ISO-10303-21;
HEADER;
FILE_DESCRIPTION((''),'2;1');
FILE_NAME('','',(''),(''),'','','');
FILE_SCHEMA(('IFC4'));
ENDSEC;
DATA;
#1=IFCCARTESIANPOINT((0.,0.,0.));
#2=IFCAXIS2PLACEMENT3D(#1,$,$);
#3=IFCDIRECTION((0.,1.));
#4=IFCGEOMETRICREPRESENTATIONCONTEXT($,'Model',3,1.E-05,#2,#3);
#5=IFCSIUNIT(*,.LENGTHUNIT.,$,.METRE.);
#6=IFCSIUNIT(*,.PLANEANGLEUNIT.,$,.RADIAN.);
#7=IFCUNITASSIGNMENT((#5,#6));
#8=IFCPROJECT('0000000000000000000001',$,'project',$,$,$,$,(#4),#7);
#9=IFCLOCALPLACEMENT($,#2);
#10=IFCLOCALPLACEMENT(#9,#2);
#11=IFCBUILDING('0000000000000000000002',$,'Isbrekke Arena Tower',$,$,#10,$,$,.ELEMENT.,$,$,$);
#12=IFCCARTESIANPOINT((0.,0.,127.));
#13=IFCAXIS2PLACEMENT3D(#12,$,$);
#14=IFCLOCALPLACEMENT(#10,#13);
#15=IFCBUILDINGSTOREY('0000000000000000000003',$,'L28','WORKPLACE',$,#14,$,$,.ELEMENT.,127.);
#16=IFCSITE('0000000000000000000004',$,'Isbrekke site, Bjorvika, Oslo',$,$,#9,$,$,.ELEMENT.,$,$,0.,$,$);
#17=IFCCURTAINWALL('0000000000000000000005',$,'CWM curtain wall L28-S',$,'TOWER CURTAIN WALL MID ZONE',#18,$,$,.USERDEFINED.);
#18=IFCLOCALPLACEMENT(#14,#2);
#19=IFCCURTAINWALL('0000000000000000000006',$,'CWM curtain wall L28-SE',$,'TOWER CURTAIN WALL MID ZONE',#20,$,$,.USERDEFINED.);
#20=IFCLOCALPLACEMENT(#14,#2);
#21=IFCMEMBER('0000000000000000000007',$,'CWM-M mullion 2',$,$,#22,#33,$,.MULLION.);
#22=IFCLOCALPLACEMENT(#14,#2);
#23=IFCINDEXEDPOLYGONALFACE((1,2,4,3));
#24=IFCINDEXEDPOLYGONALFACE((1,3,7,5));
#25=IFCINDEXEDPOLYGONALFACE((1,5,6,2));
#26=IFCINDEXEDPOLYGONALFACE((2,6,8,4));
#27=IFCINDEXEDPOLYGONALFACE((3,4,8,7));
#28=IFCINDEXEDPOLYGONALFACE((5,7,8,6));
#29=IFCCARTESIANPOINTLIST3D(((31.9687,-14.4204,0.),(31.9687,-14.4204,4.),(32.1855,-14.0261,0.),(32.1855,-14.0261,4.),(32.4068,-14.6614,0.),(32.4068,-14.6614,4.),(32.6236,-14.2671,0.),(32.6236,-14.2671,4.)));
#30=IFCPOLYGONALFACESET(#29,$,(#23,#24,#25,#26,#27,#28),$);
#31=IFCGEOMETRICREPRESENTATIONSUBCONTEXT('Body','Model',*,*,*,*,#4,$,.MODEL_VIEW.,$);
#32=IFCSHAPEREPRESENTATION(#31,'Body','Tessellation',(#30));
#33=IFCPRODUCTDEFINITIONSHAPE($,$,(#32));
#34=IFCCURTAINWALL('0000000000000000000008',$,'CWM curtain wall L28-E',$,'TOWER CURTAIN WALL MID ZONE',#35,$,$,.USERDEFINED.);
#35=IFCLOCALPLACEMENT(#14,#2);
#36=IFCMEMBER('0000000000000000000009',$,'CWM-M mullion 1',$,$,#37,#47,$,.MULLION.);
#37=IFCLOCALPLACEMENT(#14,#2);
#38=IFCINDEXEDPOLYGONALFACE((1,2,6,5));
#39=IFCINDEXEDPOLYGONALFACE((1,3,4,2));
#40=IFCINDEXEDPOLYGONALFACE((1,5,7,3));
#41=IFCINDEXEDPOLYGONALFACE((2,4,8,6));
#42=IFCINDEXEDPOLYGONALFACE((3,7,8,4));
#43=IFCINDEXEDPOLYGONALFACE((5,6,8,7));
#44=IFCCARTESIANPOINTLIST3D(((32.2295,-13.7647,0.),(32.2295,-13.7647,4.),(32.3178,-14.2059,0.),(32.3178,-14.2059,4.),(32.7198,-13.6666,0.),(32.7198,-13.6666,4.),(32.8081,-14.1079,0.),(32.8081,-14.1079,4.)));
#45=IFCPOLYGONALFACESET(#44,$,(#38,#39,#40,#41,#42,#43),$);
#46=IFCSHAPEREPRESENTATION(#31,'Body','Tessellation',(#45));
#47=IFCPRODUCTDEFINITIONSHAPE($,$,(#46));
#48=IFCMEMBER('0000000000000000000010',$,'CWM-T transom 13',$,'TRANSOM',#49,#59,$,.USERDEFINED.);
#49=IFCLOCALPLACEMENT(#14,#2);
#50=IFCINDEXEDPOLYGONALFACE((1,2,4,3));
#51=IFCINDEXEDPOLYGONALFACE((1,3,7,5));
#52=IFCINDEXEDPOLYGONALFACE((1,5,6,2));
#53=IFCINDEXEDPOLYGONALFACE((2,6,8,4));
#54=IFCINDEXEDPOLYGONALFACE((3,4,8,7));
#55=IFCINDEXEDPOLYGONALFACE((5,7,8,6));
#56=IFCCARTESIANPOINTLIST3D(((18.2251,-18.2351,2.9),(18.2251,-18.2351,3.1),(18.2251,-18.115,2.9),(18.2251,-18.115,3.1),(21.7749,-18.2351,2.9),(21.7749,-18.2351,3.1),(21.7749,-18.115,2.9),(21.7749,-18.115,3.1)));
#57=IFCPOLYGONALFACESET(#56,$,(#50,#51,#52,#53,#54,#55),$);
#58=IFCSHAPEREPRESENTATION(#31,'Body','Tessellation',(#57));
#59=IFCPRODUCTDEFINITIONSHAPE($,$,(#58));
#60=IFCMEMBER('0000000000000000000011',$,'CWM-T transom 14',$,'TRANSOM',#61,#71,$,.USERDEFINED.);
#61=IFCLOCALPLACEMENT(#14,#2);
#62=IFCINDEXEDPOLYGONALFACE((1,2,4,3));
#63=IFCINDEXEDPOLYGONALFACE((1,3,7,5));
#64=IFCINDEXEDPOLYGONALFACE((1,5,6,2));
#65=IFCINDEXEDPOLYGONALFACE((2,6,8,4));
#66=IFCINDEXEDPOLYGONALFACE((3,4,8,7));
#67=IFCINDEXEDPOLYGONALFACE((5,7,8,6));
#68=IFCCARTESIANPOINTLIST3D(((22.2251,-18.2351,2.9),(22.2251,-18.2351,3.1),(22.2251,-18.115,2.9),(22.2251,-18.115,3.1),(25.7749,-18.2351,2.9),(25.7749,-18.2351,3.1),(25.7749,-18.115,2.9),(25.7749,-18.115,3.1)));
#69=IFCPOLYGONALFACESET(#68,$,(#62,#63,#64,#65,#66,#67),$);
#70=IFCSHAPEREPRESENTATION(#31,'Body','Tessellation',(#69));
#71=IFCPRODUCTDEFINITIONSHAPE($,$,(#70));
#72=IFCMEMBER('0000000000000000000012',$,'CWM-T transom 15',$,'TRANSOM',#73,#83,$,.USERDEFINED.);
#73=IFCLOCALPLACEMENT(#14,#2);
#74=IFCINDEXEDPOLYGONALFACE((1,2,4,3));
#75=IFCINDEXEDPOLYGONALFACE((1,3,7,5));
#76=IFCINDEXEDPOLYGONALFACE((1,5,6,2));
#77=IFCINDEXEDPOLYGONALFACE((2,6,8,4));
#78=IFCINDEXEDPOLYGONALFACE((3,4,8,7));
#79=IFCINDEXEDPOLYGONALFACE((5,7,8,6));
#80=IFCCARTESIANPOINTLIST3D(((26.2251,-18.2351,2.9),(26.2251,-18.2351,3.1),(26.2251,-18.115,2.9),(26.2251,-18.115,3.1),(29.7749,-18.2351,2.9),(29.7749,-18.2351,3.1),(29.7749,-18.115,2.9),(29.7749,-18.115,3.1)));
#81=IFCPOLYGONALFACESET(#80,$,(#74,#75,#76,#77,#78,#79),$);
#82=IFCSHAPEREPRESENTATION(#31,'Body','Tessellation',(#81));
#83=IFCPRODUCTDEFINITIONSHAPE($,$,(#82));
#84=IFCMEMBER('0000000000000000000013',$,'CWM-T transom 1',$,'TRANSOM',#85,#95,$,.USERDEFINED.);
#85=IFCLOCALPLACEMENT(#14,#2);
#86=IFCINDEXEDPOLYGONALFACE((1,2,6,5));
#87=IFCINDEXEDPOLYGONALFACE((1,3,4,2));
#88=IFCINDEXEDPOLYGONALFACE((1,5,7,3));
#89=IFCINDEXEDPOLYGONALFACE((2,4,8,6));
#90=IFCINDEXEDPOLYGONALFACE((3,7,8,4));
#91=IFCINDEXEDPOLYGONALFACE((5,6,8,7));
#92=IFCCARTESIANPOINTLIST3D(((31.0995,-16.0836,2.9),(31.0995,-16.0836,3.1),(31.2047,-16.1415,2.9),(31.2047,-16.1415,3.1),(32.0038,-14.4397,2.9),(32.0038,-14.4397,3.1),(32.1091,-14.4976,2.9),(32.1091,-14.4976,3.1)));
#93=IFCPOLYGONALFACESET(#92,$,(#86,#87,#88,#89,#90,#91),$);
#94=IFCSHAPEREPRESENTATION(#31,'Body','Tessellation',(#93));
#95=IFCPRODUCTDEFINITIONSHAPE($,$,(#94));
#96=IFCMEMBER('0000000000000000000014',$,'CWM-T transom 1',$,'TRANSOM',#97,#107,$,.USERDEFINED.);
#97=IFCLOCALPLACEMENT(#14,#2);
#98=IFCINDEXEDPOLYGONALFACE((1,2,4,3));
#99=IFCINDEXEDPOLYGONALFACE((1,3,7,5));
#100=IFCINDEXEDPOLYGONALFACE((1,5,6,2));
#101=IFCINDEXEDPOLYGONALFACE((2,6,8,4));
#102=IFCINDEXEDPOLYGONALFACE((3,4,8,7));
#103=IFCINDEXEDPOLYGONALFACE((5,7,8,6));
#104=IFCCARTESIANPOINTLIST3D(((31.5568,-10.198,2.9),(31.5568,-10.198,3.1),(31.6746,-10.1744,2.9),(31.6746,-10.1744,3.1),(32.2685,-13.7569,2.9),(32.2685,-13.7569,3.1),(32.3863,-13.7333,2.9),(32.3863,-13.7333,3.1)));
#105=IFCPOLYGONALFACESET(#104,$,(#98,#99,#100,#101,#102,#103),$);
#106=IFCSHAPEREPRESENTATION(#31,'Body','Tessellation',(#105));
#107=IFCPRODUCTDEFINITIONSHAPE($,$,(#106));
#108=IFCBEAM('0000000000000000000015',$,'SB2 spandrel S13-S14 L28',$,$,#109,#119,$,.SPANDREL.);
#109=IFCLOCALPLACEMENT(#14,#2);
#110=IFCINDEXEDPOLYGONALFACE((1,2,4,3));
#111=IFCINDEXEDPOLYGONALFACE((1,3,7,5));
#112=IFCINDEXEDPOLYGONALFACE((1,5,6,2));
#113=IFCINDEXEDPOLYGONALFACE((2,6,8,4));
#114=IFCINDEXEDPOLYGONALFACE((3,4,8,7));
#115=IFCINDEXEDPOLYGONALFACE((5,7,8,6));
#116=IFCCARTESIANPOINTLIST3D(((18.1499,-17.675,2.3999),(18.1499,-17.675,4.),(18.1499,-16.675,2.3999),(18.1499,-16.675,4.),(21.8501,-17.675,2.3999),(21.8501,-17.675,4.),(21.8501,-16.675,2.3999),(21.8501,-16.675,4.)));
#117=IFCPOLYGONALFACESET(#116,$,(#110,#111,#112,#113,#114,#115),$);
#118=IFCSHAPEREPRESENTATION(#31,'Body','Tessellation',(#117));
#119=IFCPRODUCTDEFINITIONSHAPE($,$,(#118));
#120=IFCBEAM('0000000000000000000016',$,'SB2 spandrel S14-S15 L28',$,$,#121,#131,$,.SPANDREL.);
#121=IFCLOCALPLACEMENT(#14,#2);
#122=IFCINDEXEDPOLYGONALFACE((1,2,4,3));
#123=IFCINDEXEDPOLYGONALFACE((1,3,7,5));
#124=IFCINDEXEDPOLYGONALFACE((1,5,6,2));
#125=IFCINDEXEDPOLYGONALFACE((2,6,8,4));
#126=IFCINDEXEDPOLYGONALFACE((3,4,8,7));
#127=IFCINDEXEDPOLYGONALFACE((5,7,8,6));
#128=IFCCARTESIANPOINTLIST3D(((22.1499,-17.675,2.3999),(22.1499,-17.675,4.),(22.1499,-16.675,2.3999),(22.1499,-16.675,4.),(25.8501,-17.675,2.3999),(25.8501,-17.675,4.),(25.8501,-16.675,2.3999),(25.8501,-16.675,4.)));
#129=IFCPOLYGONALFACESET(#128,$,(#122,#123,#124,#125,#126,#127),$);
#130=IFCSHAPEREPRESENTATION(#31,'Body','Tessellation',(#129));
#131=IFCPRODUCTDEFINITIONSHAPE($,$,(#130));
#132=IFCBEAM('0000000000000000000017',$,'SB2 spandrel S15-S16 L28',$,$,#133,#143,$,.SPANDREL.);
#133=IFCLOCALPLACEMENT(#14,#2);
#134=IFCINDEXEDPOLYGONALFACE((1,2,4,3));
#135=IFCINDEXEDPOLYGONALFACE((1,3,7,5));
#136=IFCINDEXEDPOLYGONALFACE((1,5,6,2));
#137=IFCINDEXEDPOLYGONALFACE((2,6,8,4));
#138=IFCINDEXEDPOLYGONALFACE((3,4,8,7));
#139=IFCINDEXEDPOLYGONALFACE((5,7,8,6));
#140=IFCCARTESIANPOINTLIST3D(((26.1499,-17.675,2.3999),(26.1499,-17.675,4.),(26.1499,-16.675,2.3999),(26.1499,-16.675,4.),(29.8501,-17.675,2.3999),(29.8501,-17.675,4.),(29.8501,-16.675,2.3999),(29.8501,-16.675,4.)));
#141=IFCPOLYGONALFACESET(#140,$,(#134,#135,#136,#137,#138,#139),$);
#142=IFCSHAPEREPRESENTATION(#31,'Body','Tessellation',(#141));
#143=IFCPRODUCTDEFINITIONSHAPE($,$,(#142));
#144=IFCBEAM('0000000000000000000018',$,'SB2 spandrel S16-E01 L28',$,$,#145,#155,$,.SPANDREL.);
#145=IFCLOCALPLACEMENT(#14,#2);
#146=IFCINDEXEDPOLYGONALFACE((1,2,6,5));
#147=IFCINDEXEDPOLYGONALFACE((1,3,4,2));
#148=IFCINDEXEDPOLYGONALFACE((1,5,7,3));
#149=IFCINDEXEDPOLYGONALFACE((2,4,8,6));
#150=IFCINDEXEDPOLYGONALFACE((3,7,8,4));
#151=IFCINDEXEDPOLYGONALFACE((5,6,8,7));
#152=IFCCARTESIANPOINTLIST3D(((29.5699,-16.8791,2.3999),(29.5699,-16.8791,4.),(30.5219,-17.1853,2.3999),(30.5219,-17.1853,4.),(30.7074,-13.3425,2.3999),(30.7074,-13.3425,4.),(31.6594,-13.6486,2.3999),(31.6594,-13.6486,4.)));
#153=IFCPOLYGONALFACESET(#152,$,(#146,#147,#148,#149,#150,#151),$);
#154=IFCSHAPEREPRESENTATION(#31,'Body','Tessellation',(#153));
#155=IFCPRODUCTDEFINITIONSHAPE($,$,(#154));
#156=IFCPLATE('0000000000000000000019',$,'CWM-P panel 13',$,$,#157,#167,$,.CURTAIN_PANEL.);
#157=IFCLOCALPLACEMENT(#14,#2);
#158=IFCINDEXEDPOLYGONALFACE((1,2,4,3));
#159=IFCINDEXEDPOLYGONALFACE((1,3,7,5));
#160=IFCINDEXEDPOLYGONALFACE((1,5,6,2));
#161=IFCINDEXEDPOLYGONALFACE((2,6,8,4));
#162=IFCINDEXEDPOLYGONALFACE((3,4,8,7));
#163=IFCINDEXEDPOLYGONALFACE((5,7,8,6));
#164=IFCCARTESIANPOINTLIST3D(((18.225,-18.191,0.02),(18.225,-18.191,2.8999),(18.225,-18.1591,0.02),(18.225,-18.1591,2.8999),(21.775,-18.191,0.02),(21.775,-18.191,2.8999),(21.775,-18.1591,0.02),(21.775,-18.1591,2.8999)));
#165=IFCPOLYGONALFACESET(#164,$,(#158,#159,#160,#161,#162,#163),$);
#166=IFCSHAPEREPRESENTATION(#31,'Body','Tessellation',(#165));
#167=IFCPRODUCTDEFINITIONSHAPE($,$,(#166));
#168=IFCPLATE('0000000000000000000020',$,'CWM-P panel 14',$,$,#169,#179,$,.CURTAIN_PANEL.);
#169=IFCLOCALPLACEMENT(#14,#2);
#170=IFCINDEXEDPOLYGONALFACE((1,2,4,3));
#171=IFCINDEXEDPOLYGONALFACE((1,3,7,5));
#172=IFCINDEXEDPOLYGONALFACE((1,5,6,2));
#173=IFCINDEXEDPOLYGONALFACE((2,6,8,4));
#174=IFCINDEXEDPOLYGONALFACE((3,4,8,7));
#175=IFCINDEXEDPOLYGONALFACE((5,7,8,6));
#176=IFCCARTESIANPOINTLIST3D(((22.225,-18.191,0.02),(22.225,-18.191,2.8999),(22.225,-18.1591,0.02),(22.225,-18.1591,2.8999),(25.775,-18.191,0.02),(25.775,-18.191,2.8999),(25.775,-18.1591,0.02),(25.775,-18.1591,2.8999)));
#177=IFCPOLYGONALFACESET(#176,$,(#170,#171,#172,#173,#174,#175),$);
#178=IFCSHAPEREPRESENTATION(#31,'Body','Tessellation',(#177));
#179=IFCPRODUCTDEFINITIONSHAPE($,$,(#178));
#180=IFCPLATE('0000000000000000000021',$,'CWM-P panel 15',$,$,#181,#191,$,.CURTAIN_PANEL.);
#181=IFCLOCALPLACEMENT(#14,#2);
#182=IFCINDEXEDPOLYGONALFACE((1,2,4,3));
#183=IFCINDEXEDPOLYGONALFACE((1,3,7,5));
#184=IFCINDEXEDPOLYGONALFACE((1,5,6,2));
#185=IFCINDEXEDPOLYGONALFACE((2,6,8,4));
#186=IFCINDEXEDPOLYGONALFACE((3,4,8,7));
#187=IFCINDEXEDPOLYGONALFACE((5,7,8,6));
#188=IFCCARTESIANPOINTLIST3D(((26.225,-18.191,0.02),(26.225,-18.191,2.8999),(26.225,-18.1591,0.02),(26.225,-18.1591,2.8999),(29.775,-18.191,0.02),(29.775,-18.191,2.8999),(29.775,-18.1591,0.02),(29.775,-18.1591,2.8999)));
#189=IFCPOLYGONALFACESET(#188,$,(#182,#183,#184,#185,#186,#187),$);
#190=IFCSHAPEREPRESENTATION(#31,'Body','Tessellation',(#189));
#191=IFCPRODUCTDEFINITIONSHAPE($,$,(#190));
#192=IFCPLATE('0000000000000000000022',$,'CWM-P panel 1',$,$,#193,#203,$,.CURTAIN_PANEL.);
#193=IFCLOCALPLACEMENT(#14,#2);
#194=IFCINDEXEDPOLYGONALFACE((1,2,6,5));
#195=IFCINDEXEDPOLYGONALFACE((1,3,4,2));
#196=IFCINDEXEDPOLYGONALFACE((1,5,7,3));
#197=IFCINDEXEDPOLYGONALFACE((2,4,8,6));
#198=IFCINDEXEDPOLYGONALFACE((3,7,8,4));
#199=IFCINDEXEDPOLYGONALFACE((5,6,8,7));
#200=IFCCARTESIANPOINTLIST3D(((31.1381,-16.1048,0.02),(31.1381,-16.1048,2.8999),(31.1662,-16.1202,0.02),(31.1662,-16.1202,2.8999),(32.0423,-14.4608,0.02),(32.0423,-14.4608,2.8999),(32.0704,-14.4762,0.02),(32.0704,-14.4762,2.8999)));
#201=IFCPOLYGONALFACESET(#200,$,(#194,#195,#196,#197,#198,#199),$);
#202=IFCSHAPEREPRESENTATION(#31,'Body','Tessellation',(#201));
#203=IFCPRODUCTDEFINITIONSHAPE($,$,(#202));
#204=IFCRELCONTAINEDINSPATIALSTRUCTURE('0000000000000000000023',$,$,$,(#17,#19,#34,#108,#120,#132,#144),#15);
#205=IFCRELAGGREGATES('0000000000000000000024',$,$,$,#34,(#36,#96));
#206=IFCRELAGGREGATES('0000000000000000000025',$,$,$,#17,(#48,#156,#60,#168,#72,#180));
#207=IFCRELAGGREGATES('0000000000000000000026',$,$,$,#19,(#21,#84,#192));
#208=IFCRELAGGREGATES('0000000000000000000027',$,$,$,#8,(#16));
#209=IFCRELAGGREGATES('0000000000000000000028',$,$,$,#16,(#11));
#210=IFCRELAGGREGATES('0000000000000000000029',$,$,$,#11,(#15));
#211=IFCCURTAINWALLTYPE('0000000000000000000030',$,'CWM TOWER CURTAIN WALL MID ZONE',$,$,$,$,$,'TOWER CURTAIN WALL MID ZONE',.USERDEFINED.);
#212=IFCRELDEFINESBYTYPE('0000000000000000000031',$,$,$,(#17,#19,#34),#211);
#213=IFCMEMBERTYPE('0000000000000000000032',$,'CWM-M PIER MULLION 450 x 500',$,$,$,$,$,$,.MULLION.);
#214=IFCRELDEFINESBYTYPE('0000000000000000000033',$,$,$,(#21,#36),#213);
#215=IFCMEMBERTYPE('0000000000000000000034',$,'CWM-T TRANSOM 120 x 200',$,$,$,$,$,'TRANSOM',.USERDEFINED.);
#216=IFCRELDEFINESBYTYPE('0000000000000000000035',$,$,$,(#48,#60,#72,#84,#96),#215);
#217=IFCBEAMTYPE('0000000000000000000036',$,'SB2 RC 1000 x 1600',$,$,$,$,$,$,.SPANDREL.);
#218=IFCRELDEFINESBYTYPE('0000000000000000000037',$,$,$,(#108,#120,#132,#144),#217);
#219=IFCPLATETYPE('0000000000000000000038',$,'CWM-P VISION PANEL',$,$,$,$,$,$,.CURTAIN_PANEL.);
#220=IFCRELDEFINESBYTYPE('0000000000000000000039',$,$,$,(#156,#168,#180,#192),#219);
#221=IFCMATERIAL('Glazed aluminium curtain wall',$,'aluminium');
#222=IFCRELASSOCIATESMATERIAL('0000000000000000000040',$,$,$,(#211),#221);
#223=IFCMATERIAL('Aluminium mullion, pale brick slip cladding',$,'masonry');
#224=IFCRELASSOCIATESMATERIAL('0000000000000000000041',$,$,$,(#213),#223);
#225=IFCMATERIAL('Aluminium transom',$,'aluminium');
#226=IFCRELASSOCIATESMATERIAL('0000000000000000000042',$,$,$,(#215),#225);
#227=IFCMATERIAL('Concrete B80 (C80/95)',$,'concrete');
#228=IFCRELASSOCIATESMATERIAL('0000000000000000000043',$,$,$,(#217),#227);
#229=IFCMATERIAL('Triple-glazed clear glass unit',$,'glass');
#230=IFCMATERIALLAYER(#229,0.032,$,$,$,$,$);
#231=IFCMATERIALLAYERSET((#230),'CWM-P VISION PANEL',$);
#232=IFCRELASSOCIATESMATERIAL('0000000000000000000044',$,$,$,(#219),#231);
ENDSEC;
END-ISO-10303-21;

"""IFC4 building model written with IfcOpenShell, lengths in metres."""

from ifc_helpers import new_model, si_unit, direction, frame, origin, origin_2d, place, context, subcontext, project, spatial, rectangle, extrude, material, layer, layer_set, material_profile, profile_set, type_object, element, aggregate, save


model = new_model("IFC4")

# Units and contexts
model_context = context("Model", 3, precision=1e-05, world=origin(), true_north=direction((0.0, 1.0)))
body_context = subcontext(model_context, "Body", "Model", "MODEL_VIEW")
ifc_project = project(units=[si_unit("LENGTHUNIT", "METRE"), si_unit("PLANEANGLEUNIT", "RADIAN")], contexts=[model_context])

# Site, building, storey
site_placement = place(None, origin())
site = spatial("IfcSite", under=ifc_project, at=site_placement, Name="Isbrekke site, Bjorvika, Oslo", CompositionType="ELEMENT", RefElevation=0.0)
building_placement = place(site_placement, origin())
building = spatial("IfcBuilding", under=site, at=building_placement, Name="Isbrekke Arena Tower", CompositionType="ELEMENT")
storey_placement = place(building_placement, frame((0.0, 0.0, 127.0)))
storey = spatial("IfcBuildingStorey", under=building, at=storey_placement, Name="L28", Description="WORKPLACE", CompositionType="ELEMENT", Elevation=127.0)

# Curtain walls, member
ifc_material_1 = material(Name="Glazed aluminium curtain wall", Category="aluminium")
curtain_wall_type = type_object("IfcCurtainWallType", Name="CWM TOWER CURTAIN WALL MID ZONE", ElementType="TOWER CURTAIN WALL MID ZONE", PredefinedType="USERDEFINED", material=ifc_material_1)
curtain_wall_1_placement = place(storey_placement, origin())
curtain_wall_1 = element("IfcCurtainWall", 1, at=curtain_wall_1_placement, inside=storey, type_object=curtain_wall_type, Name="CWM curtain wall L28-S", ObjectType="TOWER CURTAIN WALL MID ZONE", PredefinedType="USERDEFINED")
ifc_material_2 = material(Name="Aluminium mullion, pale brick slip cladding", Category="masonry")
ifc_material_profile_1 = material_profile(ifc_material_2, rectangle(XDim=0.45, YDim=0.5, at=origin_2d()), Name="PIER 450X500")
ifc_profile_set_1 = profile_set([ifc_material_profile_1], Name="Aluminium mullion, pale brick slip cladding")
member_type_1 = type_object("IfcMemberType", Name="CWM-M PIER MULLION 450 x 500", PredefinedType="MULLION", material=ifc_profile_set_1)
curtain_wall_2_placement = place(storey_placement, origin())
curtain_wall_2 = element("IfcCurtainWall", 2, at=curtain_wall_2_placement, inside=storey, type_object=curtain_wall_type, Name="CWM curtain wall L28-SE", ObjectType="TOWER CURTAIN WALL MID ZONE", PredefinedType="USERDEFINED")
member_1_placement = place(storey_placement, frame((32.2961, -14.3438, 0.0), z_axis=(0.0, 0.0, 1.0), x_axis=(0.481919, 0.876216, 0.0)))
member_1 = element("IfcMember", 3, at=member_1_placement, type_object=member_type_1, Name="CWM-M mullion 2", PredefinedType="MULLION", context=body_context, shape_type="SweptSolid", body=[
    extrude(rectangle(XDim=0.45, YDim=0.5, at=origin_2d()), origin(), (0.0, 0.0, 1.0), 4.0),
])

# Curtain wall, member
curtain_wall_3_placement = place(storey_placement, origin())
curtain_wall_3 = element("IfcCurtainWall", 4, at=curtain_wall_3_placement, inside=storey, type_object=curtain_wall_type, Name="CWM curtain wall L28-E", ObjectType="TOWER CURTAIN WALL MID ZONE", PredefinedType="USERDEFINED")
member_2_placement = place(storey_placement, frame((32.5188, -13.9363, 0.0), z_axis=(0.0, 0.0, 1.0), x_axis=(-0.196116, 0.980581, 0.0)))
member_2 = element("IfcMember", 5, at=member_2_placement, type_object=member_type_1, Name="CWM-M mullion 1", PredefinedType="MULLION", context=body_context, shape_type="SweptSolid", body=[
    extrude(rectangle(XDim=0.45, YDim=0.5, at=origin_2d()), origin(), (0.0, 0.0, 1.0), 4.0),
])

# Members
ifc_material_3 = material(Name="Aluminium transom", Category="aluminium")
ifc_material_profile_2 = material_profile(ifc_material_3, rectangle(XDim=0.1201, YDim=0.2, at=origin_2d()), Name="TRANSOM 120X200")
ifc_profile_set_2 = profile_set([ifc_material_profile_2], Name="Aluminium transom")
member_type_2 = type_object("IfcMemberType", Name="CWM-T TRANSOM 120 x 200", ElementType="TRANSOM", PredefinedType="USERDEFINED", material=ifc_profile_set_2)
member_3_placement = place(storey_placement, frame((18.2251, -18.175, 3.0), z_axis=(1.0, 0.0, 0.0), x_axis=(0.0, 1.0, 0.0)))
member_3 = element("IfcMember", 6, at=member_3_placement, type_object=member_type_2, Name="CWM-T transom 13", ObjectType="TRANSOM", PredefinedType="USERDEFINED", context=body_context, shape_type="SweptSolid", body=[
    extrude(rectangle(XDim=0.1201, YDim=0.2, at=origin_2d()), origin(), (0.0, 0.0, 1.0), 3.5498),
])
member_4_placement = place(storey_placement, frame((22.2251, -18.175, 3.0), z_axis=(1.0, 0.0, 0.0), x_axis=(0.0, 1.0, 0.0)))
member_4 = element("IfcMember", 7, at=member_4_placement, type_object=member_type_2, Name="CWM-T transom 14", ObjectType="TRANSOM", PredefinedType="USERDEFINED", context=body_context, shape_type="SweptSolid", body=[
    extrude(rectangle(XDim=0.1201, YDim=0.2, at=origin_2d()), origin(), (0.0, 0.0, 1.0), 3.5498),
])
member_5_placement = place(storey_placement, frame((26.2251, -18.175, 3.0), z_axis=(1.0, 0.0, 0.0), x_axis=(0.0, 1.0, 0.0)))
member_5 = element("IfcMember", 8, at=member_5_placement, type_object=member_type_2, Name="CWM-T transom 15", ObjectType="TRANSOM", PredefinedType="USERDEFINED", context=body_context, shape_type="SweptSolid", body=[
    extrude(rectangle(XDim=0.1201, YDim=0.2, at=origin_2d()), origin(), (0.0, 0.0, 1.0), 3.5498),
])
member_6_placement = place(storey_placement, frame((31.1521, -16.1125, 3.0), z_axis=(0.482004, 0.876169, 0.0), x_axis=(-0.876169, 0.482004, 0.0)))
member_6 = element("IfcMember", 9, at=member_6_placement, type_object=member_type_2, Name="CWM-T transom 1", ObjectType="TRANSOM", PredefinedType="USERDEFINED", context=body_context, shape_type="SweptSolid", body=[
    extrude(rectangle(XDim=0.1201, YDim=0.2, at=origin_2d()), origin(), (0.0, 0.0, 1.0), 1.8762),
])
member_7_placement = place(storey_placement, frame((32.3274, -13.7451, 3.0), z_axis=(-0.19609, 0.980586, 0.0), x_axis=(-0.980586, -0.19609, 0.0)))
member_7 = element("IfcMember", 10, at=member_7_placement, type_object=member_type_2, Name="CWM-T transom 1", ObjectType="TRANSOM", PredefinedType="USERDEFINED", context=body_context, shape_type="SweptSolid", body=[
    extrude(rectangle(XDim=0.1201, YDim=0.2, at=origin_2d()), origin(), (0.0, 0.0, 1.0), 3.6294),
])
aggregate(curtain_wall_3, [member_2, member_7])

# Beams
ifc_material_4 = material(Name="Concrete B80 (C80/95)", Category="concrete")
ifc_material_profile_3 = material_profile(ifc_material_4, rectangle(XDim=1.0, YDim=1.6001, at=origin_2d()), Name="RC 1000x1600")
ifc_profile_set_3 = profile_set([ifc_material_profile_3], Name="Concrete B80 (C80/95)")
beam_type_1 = type_object("IfcBeamType", Name="SB2 RC 1000 x 1600", PredefinedType="SPANDREL", material=ifc_profile_set_3)
for number, where, z_axis, x_axis, name in (
    (11, (18.1499, -17.175, 3.2), (1.0, 0.0, 0.0), (0.0, 1.0, 0.0), "SB2 spandrel S13-S14 L28"),
    (12, (22.1499, -17.175, 3.2), (1.0, 0.0, 0.0), (0.0, 1.0, 0.0), "SB2 spandrel S14-S15 L28"),
    (13, (26.1499, -17.175, 3.2), (1.0, 0.0, 0.0), (0.0, 1.0, 0.0), "SB2 spandrel S15-S16 L28"),
):
    element("IfcBeam", number, at=place(storey_placement, frame(where, z_axis=z_axis, x_axis=x_axis)), inside=storey, type_object=beam_type_1, Name=name, PredefinedType="SPANDREL", context=body_context, shape_type="SweptSolid", body=[
        extrude(rectangle(XDim=1.0, YDim=1.6001, at=origin_2d()), origin(), (0.0, 0.0, 1.0), 3.7002),
    ])
beam_placement = place(storey_placement, frame((30.0459, -17.0322, 3.2), z_axis=(0.306175, 0.951975, 0.0), x_axis=(-0.951975, 0.306175, 0.0)))
element("IfcBeam", 14, at=beam_placement, inside=storey, type_object=beam_type_1, Name="SB2 spandrel S16-E01 L28", PredefinedType="SPANDREL", context=body_context, shape_type="SweptSolid", body=[
    extrude(rectangle(XDim=1.0, YDim=1.6001, at=origin_2d()), origin(), (0.0, 0.0, 1.0), 3.7151),
])

# Plates
ifc_material_5 = material(Name="Triple-glazed clear glass unit", Category="glass")
ifc_layer = layer(ifc_material_5, 0.032)
ifc_layer_set = layer_set([ifc_layer], Name="CWM-P VISION PANEL")
plate_type = type_object("IfcPlateType", Name="CWM-P VISION PANEL", PredefinedType="CURTAIN_PANEL", material=ifc_layer_set)
plate_1_placement = place(storey_placement, frame((20.0, -18.175, 0.02), z_axis=(0.0, 0.0, 1.0), x_axis=(1.0, 0.0, 0.0)))
plate_1 = element("IfcPlate", 15, at=plate_1_placement, type_object=plate_type, Name="CWM-P panel 13", PredefinedType="CURTAIN_PANEL", context=body_context, shape_type="SweptSolid", body=[
    extrude(rectangle(XDim=3.55, YDim=0.032, at=origin_2d()), origin(), (0.0, 0.0, 1.0), 2.8799),
])
plate_2_placement = place(storey_placement, frame((24.0, -18.175, 0.02), z_axis=(0.0, 0.0, 1.0), x_axis=(1.0, 0.0, 0.0)))
plate_2 = element("IfcPlate", 16, at=plate_2_placement, type_object=plate_type, Name="CWM-P panel 14", PredefinedType="CURTAIN_PANEL", context=body_context, shape_type="SweptSolid", body=[
    extrude(rectangle(XDim=3.55, YDim=0.032, at=origin_2d()), origin(), (0.0, 0.0, 1.0), 2.8799),
])
plate_3_placement = place(storey_placement, frame((28.0, -18.175, 0.02), z_axis=(0.0, 0.0, 1.0), x_axis=(1.0, 0.0, 0.0)))
plate_3 = element("IfcPlate", 17, at=plate_3_placement, type_object=plate_type, Name="CWM-P panel 15", PredefinedType="CURTAIN_PANEL", context=body_context, shape_type="SweptSolid", body=[
    extrude(rectangle(XDim=3.55, YDim=0.032, at=origin_2d()), origin(), (0.0, 0.0, 1.0), 2.8799),
])
aggregate(curtain_wall_1, [member_3, plate_1, member_4, plate_2, member_5, plate_3])
plate_4_placement = place(storey_placement, frame((31.6042, -15.2905, 0.02), z_axis=(0.0, 0.0, 1.0), x_axis=(0.481919, 0.876216, 0.0)))
plate_4 = element("IfcPlate", 18, at=plate_4_placement, type_object=plate_type, Name="CWM-P panel 1", PredefinedType="CURTAIN_PANEL", context=body_context, shape_type="SweptSolid", body=[
    extrude(rectangle(XDim=1.8762, YDim=0.032, at=origin_2d()), origin(), (0.0, 0.0, 1.0), 2.8799),
])
aggregate(curtain_wall_2, [member_1, member_6, plate_4])

save(model, "model.ifc")
